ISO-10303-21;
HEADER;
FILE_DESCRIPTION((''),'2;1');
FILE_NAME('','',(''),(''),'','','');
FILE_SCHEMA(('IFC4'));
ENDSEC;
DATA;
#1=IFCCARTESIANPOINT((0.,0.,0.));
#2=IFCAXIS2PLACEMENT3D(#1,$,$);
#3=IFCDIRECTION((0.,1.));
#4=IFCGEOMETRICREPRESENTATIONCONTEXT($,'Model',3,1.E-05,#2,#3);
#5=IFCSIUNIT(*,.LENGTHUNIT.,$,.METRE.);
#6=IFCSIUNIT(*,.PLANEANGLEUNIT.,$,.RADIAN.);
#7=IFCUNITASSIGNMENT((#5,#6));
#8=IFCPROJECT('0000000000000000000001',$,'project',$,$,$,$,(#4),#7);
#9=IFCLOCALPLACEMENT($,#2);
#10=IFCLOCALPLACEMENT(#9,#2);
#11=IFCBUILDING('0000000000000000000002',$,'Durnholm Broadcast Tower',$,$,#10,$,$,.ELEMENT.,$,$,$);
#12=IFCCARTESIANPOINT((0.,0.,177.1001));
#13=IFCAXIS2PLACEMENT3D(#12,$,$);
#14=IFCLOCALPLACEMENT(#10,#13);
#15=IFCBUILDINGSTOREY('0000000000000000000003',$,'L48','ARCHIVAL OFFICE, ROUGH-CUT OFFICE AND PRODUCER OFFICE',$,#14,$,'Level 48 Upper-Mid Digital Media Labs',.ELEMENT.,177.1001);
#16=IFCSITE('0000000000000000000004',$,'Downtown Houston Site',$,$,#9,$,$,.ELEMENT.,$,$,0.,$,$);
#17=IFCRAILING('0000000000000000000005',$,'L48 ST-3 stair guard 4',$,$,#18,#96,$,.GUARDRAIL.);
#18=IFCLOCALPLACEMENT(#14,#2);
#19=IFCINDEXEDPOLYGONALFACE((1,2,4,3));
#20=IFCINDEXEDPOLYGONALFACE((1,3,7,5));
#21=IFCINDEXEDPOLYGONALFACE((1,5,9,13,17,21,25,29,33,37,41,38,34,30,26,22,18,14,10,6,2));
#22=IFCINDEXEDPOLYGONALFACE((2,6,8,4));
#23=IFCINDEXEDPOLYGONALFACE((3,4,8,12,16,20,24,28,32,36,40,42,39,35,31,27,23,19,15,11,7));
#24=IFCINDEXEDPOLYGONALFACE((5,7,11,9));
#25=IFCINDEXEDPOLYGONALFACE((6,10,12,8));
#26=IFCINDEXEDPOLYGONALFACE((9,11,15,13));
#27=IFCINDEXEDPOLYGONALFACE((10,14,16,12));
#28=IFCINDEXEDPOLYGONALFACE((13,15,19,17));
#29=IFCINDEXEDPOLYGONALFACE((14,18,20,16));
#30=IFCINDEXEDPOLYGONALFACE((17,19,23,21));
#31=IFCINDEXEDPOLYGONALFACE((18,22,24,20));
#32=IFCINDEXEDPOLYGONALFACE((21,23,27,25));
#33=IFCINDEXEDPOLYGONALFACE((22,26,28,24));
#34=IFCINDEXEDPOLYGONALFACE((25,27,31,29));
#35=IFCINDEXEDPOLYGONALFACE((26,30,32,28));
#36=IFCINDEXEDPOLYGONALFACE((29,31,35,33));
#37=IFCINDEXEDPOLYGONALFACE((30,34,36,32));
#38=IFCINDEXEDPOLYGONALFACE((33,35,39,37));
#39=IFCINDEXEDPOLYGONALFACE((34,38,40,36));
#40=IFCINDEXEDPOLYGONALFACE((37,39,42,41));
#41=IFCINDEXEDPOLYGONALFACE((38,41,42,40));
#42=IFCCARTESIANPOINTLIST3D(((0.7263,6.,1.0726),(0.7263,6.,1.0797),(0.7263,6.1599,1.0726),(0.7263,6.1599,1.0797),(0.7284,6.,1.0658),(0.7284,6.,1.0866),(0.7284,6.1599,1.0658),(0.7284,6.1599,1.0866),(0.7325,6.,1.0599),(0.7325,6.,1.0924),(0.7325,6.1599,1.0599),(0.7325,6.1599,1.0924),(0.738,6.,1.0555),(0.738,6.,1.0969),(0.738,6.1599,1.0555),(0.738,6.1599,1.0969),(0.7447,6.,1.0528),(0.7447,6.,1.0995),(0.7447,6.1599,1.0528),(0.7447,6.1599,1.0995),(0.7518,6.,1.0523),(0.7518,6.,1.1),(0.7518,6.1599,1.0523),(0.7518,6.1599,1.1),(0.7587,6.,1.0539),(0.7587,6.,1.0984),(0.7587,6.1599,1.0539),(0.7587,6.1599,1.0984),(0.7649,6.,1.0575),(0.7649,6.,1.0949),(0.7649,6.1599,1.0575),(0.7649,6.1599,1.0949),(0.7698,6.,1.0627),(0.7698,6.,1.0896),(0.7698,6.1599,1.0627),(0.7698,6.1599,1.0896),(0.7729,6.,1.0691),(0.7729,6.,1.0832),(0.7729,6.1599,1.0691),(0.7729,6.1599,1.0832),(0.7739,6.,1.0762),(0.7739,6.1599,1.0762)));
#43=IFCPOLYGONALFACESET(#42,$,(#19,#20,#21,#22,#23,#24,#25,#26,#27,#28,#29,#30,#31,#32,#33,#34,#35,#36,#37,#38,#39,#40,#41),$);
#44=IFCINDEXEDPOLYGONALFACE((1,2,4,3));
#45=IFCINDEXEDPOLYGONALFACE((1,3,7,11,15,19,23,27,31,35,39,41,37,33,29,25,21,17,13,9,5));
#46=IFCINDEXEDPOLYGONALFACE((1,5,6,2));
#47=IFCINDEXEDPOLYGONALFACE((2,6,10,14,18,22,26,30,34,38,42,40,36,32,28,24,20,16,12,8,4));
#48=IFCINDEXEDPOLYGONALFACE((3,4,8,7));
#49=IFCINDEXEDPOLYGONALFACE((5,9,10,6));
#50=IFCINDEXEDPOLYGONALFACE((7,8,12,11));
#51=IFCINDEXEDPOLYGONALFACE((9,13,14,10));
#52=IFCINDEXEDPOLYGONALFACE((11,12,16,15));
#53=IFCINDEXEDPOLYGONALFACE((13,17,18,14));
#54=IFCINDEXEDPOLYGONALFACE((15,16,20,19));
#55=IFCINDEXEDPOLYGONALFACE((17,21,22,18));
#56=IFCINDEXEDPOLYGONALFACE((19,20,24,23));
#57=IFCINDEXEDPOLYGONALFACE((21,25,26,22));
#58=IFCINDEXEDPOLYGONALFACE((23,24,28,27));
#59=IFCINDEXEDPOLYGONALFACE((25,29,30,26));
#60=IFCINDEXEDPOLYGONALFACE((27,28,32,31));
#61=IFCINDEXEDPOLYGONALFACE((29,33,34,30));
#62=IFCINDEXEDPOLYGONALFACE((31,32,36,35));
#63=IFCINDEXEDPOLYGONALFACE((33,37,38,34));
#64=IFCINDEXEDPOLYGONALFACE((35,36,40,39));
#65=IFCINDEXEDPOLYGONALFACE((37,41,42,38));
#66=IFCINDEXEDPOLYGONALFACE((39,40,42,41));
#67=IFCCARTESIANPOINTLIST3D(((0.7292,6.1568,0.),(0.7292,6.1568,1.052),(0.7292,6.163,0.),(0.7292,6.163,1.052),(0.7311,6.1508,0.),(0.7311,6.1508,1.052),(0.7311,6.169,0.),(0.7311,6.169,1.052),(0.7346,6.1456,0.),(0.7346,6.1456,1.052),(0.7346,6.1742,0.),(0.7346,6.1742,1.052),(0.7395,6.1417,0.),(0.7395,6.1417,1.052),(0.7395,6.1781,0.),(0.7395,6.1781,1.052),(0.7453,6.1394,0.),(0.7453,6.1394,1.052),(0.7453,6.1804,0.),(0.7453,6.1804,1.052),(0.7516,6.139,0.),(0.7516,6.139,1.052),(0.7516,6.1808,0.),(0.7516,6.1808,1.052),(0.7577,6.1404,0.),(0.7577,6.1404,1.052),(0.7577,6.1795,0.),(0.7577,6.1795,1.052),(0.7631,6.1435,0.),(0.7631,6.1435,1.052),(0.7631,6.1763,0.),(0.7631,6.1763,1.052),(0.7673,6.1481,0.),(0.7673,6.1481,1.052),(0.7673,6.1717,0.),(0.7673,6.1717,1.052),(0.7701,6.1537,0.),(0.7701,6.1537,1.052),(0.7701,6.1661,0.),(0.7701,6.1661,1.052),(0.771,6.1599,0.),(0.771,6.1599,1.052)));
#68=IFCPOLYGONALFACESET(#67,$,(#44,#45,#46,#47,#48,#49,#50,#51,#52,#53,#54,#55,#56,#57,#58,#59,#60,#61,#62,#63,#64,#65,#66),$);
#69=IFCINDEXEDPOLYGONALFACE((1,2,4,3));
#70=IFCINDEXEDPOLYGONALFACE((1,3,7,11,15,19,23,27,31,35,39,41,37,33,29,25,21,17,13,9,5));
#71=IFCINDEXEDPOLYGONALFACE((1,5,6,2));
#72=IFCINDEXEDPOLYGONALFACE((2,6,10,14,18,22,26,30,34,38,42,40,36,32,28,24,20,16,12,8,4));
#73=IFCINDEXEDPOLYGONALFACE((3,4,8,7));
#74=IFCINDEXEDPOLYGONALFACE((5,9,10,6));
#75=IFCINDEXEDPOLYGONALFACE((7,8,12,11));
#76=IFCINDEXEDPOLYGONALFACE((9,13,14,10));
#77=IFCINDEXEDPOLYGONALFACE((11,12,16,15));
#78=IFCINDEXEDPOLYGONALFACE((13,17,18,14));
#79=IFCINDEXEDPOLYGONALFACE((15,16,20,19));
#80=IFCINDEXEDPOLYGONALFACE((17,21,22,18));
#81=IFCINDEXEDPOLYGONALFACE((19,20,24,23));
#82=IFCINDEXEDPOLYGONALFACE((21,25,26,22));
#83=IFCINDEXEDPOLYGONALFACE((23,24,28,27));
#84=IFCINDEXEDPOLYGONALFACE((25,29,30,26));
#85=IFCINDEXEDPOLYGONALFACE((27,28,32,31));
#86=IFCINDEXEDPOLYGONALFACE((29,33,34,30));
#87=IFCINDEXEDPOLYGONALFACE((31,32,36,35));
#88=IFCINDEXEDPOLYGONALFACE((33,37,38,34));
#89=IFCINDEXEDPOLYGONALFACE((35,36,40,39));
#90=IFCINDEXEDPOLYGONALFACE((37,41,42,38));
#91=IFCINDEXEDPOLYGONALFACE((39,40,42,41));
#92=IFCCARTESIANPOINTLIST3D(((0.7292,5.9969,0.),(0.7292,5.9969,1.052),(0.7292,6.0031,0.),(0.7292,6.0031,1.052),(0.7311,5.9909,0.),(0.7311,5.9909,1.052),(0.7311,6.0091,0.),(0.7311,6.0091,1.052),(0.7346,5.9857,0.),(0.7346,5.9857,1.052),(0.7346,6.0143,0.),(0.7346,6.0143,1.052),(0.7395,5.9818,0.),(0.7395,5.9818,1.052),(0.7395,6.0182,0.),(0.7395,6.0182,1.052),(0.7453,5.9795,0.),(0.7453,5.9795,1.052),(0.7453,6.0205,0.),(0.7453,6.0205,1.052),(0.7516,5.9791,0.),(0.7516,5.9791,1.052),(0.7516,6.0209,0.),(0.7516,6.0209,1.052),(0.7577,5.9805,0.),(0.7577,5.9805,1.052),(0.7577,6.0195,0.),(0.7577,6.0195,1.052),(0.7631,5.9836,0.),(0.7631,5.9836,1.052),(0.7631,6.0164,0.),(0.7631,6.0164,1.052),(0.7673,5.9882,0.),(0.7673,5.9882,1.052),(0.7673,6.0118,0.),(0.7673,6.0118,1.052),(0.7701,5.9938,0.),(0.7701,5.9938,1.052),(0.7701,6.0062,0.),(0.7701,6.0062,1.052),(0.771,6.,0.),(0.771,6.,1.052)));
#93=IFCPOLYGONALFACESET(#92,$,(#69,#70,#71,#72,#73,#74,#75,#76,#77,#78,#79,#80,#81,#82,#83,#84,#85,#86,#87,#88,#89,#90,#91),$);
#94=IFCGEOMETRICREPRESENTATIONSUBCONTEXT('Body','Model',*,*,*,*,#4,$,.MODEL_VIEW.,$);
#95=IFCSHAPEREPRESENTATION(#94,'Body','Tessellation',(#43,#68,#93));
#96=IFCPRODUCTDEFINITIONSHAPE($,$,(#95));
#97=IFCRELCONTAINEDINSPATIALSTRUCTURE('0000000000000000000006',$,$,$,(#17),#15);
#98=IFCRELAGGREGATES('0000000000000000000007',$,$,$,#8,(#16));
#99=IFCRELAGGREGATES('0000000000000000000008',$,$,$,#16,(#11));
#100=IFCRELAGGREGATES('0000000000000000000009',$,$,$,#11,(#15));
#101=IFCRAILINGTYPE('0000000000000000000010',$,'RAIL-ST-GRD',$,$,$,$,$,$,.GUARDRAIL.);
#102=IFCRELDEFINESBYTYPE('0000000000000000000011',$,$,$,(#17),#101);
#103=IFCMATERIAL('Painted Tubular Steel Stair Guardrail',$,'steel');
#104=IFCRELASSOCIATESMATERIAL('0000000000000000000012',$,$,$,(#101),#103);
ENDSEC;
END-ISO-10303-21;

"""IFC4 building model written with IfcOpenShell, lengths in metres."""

from ifc_helpers import new_model, si_unit, direction, frame, origin, origin_2d, place, context, subcontext, project, spatial, circle, extrude, material, type_object, element, save


model = new_model("IFC4")

# Units and contexts
model_context = context("Model", 3, precision=1e-05, world=origin(), true_north=direction((0.0, 1.0)))
body_context = subcontext(model_context, "Body", "Model", "MODEL_VIEW")
ifc_project = project(units=[si_unit("LENGTHUNIT", "METRE"), si_unit("PLANEANGLEUNIT", "RADIAN")], contexts=[model_context])

# Site, building, storey
site_placement = place(None, origin())
site = spatial("IfcSite", under=ifc_project, at=site_placement, Name="Downtown Houston Site", CompositionType="ELEMENT", RefElevation=0.0)
building_placement = place(site_placement, origin())
building = spatial("IfcBuilding", under=site, at=building_placement, Name="Durnholm Broadcast Tower", CompositionType="ELEMENT")
storey_placement = place(building_placement, frame((0.0, 0.0, 177.1001)))
storey = spatial("IfcBuildingStorey", under=building, at=storey_placement, Name="L48", Description="ARCHIVAL OFFICE, ROUGH-CUT OFFICE AND PRODUCER OFFICE", LongName="Level 48 Upper-Mid Digital Media Labs", CompositionType="ELEMENT", Elevation=177.1001)

# Railing
ifc_material_1 = material(Name="Painted Tubular Steel Stair Guardrail", Category="steel")
railing_type_1 = type_object("IfcRailingType", Name="RAIL-ST-GRD", PredefinedType="GUARDRAIL", material=ifc_material_1)
railing_1_placement = place(storey_placement, frame((0.75, 6.1599, 0.0)))
element("IfcRailing", 1, at=railing_1_placement, inside=storey, type_object=railing_type_1, Name="L48 ST-3 stair guard 4", PredefinedType="GUARDRAIL", context=body_context, shape_type="SweptSolid", body=[
    extrude(circle(Radius=0.0239, at=origin_2d()), frame((0.0, 0.0, 1.0762), z_axis=(0.0, -1.0, 0.0), x_axis=(1.0, 0.0, 0.0)), (0.0, 0.0, 1.0), 0.1599),
    extrude(circle(Radius=0.021, at=origin_2d()), origin(), (0.0, 0.0, 1.0), 1.052),
    extrude(circle(Radius=0.021, at=origin_2d()), frame((0.0, -0.1599, 0.0)), (0.0, 0.0, 1.0), 1.052),
])

save(model, "model.ifc")
